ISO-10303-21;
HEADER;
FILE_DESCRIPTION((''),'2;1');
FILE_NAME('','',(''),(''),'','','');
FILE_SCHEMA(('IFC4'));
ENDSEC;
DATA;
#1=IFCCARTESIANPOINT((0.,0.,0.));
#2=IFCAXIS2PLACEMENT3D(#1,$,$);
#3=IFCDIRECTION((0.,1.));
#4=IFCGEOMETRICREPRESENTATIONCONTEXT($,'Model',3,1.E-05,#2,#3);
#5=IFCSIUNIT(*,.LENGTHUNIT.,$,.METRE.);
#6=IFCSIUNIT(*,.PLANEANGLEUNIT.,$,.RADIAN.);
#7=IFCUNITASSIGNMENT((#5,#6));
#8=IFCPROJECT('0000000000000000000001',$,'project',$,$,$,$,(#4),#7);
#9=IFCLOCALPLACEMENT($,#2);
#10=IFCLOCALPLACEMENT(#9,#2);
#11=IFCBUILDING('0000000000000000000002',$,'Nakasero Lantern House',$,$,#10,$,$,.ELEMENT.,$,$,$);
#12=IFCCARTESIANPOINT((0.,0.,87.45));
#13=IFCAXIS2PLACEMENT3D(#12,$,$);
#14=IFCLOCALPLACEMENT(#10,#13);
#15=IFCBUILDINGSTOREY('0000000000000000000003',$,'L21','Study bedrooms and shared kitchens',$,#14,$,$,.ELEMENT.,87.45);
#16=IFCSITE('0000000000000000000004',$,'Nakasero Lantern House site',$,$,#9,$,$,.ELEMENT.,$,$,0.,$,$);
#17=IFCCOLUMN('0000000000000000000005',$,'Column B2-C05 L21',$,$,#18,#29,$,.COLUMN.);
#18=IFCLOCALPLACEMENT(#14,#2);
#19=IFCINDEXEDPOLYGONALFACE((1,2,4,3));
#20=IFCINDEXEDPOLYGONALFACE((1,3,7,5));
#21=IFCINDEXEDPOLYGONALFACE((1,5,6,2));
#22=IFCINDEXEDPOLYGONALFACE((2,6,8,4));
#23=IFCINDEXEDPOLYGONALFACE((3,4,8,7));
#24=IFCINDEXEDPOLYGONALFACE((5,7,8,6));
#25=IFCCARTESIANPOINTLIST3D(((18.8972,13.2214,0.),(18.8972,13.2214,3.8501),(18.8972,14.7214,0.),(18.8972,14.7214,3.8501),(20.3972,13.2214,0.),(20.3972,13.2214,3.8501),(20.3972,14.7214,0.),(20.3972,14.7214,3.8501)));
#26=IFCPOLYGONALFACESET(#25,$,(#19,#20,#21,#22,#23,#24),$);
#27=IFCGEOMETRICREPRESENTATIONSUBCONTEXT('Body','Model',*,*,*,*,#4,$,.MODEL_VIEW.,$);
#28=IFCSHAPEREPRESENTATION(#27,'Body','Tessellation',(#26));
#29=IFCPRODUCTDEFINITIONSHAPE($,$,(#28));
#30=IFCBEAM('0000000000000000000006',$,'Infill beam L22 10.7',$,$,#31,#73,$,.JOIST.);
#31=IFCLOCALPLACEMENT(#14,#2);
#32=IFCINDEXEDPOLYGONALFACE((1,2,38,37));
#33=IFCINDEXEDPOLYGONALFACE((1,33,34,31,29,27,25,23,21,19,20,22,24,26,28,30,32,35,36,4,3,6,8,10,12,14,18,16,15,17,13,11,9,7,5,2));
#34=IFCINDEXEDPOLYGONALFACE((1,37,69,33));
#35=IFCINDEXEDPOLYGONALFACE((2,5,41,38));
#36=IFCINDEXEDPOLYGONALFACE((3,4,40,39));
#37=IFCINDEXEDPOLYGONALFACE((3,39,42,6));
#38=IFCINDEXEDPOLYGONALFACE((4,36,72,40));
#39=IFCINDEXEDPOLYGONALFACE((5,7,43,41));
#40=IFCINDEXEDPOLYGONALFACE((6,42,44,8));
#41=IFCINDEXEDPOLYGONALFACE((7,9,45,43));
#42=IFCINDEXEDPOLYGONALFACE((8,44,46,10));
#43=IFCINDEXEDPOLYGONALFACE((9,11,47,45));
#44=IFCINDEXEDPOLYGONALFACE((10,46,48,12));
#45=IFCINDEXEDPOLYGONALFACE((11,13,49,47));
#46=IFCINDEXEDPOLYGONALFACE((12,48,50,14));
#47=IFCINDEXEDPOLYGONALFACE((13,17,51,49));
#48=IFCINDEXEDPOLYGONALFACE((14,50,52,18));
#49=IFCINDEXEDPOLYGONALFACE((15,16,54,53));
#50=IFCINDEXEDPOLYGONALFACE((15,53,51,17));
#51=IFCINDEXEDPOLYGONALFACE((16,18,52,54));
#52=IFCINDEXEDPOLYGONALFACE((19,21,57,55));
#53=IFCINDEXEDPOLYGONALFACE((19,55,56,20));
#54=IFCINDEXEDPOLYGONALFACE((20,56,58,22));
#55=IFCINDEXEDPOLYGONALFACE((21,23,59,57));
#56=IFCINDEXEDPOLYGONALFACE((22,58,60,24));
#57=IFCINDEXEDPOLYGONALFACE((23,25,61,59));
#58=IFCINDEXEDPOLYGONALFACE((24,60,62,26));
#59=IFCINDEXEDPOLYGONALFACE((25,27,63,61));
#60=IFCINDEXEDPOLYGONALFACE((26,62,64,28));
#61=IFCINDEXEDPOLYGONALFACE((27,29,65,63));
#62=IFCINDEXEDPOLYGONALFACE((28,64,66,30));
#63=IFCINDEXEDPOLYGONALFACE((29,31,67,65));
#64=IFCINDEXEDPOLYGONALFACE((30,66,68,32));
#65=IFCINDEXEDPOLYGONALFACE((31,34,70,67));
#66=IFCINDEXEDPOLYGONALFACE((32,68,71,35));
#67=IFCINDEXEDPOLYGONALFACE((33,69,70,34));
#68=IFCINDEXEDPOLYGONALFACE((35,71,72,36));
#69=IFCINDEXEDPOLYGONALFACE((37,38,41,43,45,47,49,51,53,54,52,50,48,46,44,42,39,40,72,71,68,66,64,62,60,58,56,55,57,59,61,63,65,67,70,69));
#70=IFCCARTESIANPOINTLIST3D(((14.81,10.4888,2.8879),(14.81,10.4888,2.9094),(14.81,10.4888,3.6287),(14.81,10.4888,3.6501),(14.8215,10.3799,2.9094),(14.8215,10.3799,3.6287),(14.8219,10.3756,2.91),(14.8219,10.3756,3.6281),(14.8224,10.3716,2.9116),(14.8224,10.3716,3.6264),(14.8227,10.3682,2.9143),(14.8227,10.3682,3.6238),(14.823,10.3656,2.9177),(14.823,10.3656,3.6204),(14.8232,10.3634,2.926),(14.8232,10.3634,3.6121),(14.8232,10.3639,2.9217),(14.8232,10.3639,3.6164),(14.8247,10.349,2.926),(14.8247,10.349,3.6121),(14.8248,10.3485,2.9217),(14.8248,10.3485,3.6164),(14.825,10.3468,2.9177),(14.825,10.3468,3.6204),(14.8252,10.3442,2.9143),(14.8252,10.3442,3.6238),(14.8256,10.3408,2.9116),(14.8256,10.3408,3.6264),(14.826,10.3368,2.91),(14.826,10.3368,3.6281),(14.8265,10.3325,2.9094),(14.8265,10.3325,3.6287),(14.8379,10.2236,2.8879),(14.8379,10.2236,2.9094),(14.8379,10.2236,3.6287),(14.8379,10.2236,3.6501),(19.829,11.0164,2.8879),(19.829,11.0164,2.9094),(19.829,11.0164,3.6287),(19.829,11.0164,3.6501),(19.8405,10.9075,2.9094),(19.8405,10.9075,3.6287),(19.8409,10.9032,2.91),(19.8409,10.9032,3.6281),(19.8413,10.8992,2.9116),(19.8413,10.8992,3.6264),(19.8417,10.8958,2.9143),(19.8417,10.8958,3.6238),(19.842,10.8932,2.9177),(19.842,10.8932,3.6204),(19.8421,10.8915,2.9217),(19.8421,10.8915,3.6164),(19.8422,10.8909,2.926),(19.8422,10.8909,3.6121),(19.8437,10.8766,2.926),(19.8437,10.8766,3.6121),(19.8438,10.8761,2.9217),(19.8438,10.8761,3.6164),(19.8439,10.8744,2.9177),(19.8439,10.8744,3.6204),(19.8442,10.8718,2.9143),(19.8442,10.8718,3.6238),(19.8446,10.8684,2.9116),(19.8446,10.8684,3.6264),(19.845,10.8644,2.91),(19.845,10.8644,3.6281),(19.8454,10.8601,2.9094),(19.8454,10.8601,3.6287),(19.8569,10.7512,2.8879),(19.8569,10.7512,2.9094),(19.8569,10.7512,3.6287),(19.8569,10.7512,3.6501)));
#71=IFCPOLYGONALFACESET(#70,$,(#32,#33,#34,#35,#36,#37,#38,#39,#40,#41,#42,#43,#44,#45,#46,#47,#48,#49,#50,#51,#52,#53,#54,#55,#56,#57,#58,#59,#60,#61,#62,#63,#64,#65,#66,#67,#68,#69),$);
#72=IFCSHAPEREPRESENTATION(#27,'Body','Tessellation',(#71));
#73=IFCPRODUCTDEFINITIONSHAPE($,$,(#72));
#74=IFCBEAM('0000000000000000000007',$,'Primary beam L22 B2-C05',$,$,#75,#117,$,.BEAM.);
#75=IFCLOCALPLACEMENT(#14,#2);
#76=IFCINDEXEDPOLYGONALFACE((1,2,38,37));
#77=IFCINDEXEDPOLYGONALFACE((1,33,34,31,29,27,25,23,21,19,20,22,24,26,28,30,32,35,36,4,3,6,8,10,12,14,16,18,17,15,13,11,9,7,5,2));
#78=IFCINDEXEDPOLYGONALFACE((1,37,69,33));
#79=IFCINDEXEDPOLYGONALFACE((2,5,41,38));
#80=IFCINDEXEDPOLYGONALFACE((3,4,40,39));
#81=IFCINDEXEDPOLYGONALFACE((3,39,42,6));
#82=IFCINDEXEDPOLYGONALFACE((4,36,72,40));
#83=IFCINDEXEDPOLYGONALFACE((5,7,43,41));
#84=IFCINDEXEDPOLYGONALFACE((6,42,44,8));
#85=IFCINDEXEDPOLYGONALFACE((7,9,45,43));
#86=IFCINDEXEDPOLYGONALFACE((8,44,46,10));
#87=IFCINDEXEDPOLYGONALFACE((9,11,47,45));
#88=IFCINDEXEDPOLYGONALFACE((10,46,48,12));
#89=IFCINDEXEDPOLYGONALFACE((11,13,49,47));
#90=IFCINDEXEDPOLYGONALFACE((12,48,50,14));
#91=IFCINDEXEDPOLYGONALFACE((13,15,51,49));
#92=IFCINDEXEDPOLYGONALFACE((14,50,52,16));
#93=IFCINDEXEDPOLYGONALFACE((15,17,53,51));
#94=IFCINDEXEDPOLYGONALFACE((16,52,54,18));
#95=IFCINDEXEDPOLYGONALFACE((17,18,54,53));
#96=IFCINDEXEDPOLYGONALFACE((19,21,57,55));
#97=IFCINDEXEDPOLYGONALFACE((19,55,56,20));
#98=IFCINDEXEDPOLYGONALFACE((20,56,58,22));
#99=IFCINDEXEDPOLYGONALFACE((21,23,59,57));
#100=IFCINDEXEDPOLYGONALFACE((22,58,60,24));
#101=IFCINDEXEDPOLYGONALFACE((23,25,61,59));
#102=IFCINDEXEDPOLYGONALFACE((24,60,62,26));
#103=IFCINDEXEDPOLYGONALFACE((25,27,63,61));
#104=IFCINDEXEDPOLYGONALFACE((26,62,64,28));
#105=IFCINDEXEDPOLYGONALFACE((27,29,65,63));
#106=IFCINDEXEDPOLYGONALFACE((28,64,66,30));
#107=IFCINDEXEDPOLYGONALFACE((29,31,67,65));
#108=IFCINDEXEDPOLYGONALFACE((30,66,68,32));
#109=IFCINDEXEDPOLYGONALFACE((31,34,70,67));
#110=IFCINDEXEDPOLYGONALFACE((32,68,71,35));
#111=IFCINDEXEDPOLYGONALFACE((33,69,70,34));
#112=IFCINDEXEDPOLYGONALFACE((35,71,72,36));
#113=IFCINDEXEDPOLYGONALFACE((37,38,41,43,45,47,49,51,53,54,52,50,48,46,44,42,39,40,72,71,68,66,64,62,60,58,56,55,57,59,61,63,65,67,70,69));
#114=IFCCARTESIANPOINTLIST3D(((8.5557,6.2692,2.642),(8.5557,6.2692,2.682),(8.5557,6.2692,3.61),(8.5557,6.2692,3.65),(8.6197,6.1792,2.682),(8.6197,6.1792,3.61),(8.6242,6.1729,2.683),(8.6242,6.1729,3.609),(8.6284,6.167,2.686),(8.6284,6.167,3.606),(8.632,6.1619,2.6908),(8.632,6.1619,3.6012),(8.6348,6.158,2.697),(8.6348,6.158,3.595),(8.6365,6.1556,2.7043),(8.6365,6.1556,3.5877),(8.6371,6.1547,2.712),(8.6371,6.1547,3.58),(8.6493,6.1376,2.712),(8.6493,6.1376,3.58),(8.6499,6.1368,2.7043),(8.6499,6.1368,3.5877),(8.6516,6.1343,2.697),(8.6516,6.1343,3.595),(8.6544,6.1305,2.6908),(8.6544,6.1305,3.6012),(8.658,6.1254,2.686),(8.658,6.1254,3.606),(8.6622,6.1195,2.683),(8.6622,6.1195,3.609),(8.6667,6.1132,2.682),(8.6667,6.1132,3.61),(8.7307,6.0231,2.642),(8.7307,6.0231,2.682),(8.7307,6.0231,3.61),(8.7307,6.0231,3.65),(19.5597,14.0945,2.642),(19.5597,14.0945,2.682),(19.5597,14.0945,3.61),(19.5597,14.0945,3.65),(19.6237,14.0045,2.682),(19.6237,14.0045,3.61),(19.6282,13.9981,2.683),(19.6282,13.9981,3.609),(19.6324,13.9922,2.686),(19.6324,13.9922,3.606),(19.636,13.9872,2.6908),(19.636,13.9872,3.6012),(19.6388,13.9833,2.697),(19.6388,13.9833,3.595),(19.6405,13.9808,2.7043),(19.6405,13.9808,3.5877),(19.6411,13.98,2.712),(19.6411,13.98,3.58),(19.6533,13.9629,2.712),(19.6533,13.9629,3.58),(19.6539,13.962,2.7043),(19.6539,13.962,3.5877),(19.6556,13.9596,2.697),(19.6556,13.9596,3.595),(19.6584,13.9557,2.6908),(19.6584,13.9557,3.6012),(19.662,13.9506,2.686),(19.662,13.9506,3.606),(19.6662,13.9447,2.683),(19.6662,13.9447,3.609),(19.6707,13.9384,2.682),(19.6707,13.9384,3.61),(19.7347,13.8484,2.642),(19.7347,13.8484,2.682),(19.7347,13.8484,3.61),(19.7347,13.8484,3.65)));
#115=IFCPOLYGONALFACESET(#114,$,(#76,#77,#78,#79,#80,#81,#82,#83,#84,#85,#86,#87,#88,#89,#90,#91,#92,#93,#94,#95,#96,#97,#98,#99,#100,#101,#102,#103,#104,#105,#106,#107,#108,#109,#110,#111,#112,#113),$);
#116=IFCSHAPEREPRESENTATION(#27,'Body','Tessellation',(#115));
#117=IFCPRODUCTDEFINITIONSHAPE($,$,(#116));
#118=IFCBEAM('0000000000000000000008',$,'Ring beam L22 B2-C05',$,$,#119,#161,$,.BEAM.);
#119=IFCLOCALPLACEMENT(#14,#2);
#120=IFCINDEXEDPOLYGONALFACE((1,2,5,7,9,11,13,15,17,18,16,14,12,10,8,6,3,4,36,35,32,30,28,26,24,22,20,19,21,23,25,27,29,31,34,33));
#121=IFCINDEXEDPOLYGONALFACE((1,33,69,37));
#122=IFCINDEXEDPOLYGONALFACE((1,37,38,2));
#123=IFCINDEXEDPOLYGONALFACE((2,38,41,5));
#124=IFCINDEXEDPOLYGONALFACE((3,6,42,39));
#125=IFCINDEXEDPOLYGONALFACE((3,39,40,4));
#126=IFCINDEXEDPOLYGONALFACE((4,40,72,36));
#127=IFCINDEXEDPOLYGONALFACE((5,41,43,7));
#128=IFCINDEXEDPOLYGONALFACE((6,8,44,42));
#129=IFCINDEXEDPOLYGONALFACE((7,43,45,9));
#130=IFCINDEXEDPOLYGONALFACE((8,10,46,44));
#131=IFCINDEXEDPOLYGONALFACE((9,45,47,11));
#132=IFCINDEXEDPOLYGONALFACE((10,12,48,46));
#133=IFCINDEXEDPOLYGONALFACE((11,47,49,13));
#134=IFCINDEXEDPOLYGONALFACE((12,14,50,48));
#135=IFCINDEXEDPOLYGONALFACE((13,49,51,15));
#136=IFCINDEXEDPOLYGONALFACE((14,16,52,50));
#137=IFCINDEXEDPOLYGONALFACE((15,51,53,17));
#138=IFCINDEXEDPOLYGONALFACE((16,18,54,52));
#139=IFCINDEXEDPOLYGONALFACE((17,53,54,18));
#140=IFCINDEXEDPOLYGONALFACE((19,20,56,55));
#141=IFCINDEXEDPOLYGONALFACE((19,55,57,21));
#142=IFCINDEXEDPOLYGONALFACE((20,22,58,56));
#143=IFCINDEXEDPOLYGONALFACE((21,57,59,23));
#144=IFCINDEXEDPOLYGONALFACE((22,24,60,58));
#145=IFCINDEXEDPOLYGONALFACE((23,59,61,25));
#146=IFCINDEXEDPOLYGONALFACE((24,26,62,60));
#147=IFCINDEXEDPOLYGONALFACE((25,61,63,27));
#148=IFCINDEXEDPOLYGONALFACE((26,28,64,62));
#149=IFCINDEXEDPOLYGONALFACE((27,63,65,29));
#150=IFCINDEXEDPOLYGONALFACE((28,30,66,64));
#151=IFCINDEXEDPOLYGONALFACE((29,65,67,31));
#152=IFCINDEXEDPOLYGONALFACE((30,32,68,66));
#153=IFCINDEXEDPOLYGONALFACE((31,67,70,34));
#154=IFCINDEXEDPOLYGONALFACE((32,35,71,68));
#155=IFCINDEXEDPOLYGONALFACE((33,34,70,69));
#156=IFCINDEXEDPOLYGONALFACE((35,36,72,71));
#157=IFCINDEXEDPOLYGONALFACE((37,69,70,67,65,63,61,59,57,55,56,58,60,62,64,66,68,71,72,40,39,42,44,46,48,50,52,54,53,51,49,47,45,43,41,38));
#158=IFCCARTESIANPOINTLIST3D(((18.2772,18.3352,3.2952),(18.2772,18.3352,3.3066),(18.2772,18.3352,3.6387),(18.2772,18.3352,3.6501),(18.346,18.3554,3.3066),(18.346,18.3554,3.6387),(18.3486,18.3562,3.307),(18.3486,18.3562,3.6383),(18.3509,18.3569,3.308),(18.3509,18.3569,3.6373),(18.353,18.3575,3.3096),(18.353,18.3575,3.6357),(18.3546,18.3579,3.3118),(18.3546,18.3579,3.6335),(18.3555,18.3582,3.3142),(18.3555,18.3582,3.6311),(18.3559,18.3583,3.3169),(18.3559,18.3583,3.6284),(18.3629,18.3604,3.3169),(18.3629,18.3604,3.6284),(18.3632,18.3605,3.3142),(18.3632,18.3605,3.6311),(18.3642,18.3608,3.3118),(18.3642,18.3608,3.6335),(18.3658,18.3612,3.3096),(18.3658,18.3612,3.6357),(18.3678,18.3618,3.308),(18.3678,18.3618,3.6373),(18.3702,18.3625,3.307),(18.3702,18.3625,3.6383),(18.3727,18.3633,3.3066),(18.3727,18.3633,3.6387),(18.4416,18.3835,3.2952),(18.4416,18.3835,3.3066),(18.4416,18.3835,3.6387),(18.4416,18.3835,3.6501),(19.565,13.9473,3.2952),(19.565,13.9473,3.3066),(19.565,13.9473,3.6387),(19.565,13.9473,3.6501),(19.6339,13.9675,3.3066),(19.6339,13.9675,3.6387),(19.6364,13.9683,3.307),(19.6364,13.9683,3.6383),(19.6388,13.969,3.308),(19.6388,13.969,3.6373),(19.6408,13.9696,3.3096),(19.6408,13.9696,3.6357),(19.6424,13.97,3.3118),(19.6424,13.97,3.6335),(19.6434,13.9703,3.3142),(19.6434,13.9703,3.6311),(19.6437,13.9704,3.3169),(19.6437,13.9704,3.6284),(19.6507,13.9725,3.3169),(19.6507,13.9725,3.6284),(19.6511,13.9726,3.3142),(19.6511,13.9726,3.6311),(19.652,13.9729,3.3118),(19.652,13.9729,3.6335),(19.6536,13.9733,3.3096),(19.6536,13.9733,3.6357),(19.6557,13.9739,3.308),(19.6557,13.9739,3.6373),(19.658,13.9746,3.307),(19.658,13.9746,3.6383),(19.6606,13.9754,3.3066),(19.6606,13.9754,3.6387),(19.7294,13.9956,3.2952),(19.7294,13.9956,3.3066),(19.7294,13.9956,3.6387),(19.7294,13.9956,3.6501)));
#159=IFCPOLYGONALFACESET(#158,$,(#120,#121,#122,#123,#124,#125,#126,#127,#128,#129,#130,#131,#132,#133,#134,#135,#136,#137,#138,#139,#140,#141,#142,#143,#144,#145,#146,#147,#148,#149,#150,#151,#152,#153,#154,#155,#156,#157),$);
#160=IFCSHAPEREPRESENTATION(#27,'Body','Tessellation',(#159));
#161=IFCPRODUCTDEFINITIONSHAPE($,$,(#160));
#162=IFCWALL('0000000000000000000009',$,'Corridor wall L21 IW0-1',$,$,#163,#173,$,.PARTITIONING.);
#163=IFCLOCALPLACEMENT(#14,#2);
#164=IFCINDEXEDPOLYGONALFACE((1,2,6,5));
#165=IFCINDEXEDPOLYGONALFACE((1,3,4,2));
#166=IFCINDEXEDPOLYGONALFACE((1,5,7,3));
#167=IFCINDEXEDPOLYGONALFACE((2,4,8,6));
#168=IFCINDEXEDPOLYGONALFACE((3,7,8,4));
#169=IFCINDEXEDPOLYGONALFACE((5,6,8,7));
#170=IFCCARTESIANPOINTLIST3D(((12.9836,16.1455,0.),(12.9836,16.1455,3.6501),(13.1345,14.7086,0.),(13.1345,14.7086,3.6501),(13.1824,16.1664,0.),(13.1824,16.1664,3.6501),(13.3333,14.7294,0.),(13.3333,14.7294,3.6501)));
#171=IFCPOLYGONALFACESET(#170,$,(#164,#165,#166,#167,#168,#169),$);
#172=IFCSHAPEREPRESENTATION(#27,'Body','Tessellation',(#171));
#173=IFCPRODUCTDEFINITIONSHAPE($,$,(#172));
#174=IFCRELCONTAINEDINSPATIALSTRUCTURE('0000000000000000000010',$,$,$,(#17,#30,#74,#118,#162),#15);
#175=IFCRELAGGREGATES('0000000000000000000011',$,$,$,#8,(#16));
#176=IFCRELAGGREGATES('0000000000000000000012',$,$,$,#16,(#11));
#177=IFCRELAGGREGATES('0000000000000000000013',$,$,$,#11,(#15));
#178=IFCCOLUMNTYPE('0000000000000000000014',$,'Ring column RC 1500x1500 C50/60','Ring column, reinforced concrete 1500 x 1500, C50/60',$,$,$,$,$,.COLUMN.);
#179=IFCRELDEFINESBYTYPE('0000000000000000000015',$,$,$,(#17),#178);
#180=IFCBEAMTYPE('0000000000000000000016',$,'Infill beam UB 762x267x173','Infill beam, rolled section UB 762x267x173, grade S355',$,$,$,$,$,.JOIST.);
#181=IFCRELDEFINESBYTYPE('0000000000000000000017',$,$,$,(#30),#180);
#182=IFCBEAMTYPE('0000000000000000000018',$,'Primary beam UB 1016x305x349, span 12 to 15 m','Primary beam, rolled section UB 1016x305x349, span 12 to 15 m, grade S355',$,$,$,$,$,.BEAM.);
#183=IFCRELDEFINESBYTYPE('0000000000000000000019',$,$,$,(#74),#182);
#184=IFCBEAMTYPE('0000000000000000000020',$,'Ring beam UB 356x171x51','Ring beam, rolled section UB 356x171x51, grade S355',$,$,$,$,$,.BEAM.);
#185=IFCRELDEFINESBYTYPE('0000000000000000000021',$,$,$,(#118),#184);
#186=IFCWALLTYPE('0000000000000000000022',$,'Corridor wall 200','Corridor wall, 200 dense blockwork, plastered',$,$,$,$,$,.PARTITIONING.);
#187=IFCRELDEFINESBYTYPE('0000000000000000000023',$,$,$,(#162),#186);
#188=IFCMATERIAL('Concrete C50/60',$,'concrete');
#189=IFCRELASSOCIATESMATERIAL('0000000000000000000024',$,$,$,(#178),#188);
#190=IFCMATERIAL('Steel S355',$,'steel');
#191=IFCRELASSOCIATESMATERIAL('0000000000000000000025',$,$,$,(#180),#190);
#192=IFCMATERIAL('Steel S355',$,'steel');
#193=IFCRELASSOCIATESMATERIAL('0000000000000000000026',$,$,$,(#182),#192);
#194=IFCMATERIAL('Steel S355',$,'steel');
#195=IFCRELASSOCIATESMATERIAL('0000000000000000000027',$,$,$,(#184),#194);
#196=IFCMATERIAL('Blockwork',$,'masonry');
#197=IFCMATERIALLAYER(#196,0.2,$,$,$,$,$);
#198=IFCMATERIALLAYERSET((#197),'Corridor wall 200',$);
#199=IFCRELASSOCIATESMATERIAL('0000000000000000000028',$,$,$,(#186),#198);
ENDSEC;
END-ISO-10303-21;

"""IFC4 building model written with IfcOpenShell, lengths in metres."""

from ifc_helpers import new_model, si_unit, direction, frame, frame_2d, origin, origin_2d, place, context, subcontext, project, spatial, rectangle, i_section, extrude, material, layer, layer_set, material_profile, profile_set, type_object, element, save


model = new_model("IFC4")

# Units and contexts
model_context = context("Model", 3, precision=1e-05, world=origin(), true_north=direction((0.0, 1.0)))
body_context = subcontext(model_context, "Body", "Model", "MODEL_VIEW")
ifc_project = project(units=[si_unit("LENGTHUNIT", "METRE"), si_unit("PLANEANGLEUNIT", "RADIAN")], contexts=[model_context])

# Site, building, storey
site_placement = place(None, origin())
site = spatial("IfcSite", under=ifc_project, at=site_placement, Name="Nakasero Lantern House site", CompositionType="ELEMENT", RefElevation=0.0)
building_placement = place(site_placement, origin())
building = spatial("IfcBuilding", under=site, at=building_placement, Name="Nakasero Lantern House", CompositionType="ELEMENT")
storey_placement = place(building_placement, frame((0.0, 0.0, 87.45)))
storey = spatial("IfcBuildingStorey", under=building, at=storey_placement, Name="L21", Description="Study bedrooms and shared kitchens", CompositionType="ELEMENT", Elevation=87.45)

# Column
ifc_material_1 = material(Name="Concrete C50/60", Category="concrete")
ifc_material_profile_1 = material_profile(ifc_material_1, rectangle(XDim=1.5, YDim=1.5, at=origin_2d()), Name="RC 1500x1500")
ifc_profile_set_1 = profile_set([ifc_material_profile_1], Name="Concrete C50/60")
column_type = type_object("IfcColumnType", Name="Ring column RC 1500x1500 C50/60", Description="Ring column, reinforced concrete 1500 x 1500, C50/60", PredefinedType="COLUMN", material=ifc_profile_set_1)
column_placement = place(storey_placement, frame((19.6472, 13.9714, 0.0), z_axis=(0.0, 0.0, 1.0), x_axis=(1.0, 0.0, 0.0)))
element("IfcColumn", 1, at=column_placement, inside=storey, type_object=column_type, Name="Column B2-C05 L21", PredefinedType="COLUMN", context=body_context, shape_type="SweptSolid", body=[
    extrude(rectangle(XDim=1.5, YDim=1.5, at=origin_2d()), origin(), (0.0, 0.0, 1.0), 3.8501),
])

# Beams
ifc_material_2 = material(Name="Steel S355", Category="steel")
ifc_material_profile_2 = material_profile(ifc_material_2, i_section(OverallWidth=0.2666, OverallDepth=0.7622, WebThickness=0.0144, FlangeThickness=0.0215, FilletRadius=0.0166, at=origin_2d()), Name="UB 762x267x173")
ifc_profile_set_2 = profile_set([ifc_material_profile_2], Name="Steel S355")
beam_type_1 = type_object("IfcBeamType", Name="Infill beam UB 762x267x173", Description="Infill beam, rolled section UB 762x267x173, grade S355", PredefinedType="JOIST", material=ifc_profile_set_2)
beam_1_placement = place(storey_placement, frame((14.824, 10.3562, 3.269), z_axis=(0.994521, 0.104541, 0.0), x_axis=(-0.104541, 0.994521, 0.0)))
element("IfcBeam", 2, at=beam_1_placement, inside=storey, type_object=beam_type_1, Name="Infill beam L22 10.7", PredefinedType="JOIST", context=body_context, shape_type="SweptSolid", body=[
    extrude(i_section(OverallWidth=0.2666, OverallDepth=0.7622, WebThickness=0.0144, FlangeThickness=0.0215, FilletRadius=0.0166, at=origin_2d()), origin(), (0.0, 0.0, 1.0), 5.0466),
])
ifc_material_3 = material(Name="Steel S355", Category="steel")
ifc_material_profile_3 = material_profile(ifc_material_3, i_section(OverallWidth=0.302, OverallDepth=1.0081, WebThickness=0.021, FlangeThickness=0.04, FilletRadius=0.03, at=origin_2d()), Name="UB 1016x305x349")
ifc_profile_set_3 = profile_set([ifc_material_profile_3], Name="Steel S355")
beam_type_2 = type_object("IfcBeamType", Name="Primary beam UB 1016x305x349, span 12 to 15 m", Description="Primary beam, rolled section UB 1016x305x349, span 12 to 15 m, grade S355", PredefinedType="BEAM", material=ifc_profile_set_3)
beam_2_placement = place(storey_placement, frame((19.6472, 13.9714, 3.146), z_axis=(-0.814948, -0.579533, 0.0), x_axis=(0.579533, -0.814948, 0.0)))
element("IfcBeam", 3, at=beam_2_placement, inside=storey, type_object=beam_type_2, Name="Primary beam L22 B2-C05", PredefinedType="BEAM", context=body_context, shape_type="SweptSolid", body=[
    extrude(i_section(OverallWidth=0.302, OverallDepth=1.0081, WebThickness=0.021, FlangeThickness=0.04, FilletRadius=0.03, at=origin_2d()), origin(), (0.0, 0.0, 1.0), 13.5027),
])
ifc_material_4 = material(Name="Steel S355", Category="steel")
ifc_material_profile_4 = material_profile(ifc_material_4, i_section(OverallWidth=0.1714, OverallDepth=0.355, WebThickness=0.0073, FlangeThickness=0.0115, FilletRadius=0.0103, at=origin_2d()), Name="UB 356x171x51")
ifc_profile_set_4 = profile_set([ifc_material_profile_4], Name="Steel S355")
beam_type_3 = type_object("IfcBeamType", Name="Ring beam UB 356x171x51", Description="Ring beam, rolled section UB 356x171x51, grade S355", PredefinedType="BEAM", material=ifc_profile_set_4)
beam_3_placement = place(storey_placement, frame((19.6472, 13.9714, 3.4727), z_axis=(-0.281617, 0.959527, 0.0), x_axis=(-0.959527, -0.281617, 0.0)))
element("IfcBeam", 4, at=beam_3_placement, inside=storey, type_object=beam_type_3, Name="Ring beam L22 B2-C05", PredefinedType="BEAM", context=body_context, shape_type="SweptSolid", body=[
    extrude(i_section(OverallWidth=0.1714, OverallDepth=0.355, WebThickness=0.0073, FlangeThickness=0.0115, FilletRadius=0.0103, at=origin_2d()), origin(), (0.0, 0.0, 1.0), 4.573),
])

# Wall
ifc_material_5 = material(Name="Blockwork", Category="masonry")
ifc_layer_1 = layer(ifc_material_5, 0.2)
ifc_layer_set_1 = layer_set([ifc_layer_1], Name="Corridor wall 200")
wall_type_1 = type_object("IfcWallType", Name="Corridor wall 200", Description="Corridor wall, 200 dense blockwork, plastered", PredefinedType="PARTITIONING", material=ifc_layer_set_1)
wall_1_placement = place(storey_placement, frame((13.2339, 14.719, 0.0), z_axis=(0.0, 0.0, 1.0), x_axis=(-0.104421, 0.994533, 0.0)))
element("IfcWall", 5, at=wall_1_placement, inside=storey, type_object=wall_type_1, Name="Corridor wall L21 IW0-1", PredefinedType="PARTITIONING", context=body_context, shape_type="SweptSolid", body=[
    extrude(rectangle(XDim=1.4448, YDim=0.2, at=frame_2d((0.7224, 0.0))), origin(), (0.0, 0.0, 1.0), 3.6501),
])

save(model, "model.ifc")
